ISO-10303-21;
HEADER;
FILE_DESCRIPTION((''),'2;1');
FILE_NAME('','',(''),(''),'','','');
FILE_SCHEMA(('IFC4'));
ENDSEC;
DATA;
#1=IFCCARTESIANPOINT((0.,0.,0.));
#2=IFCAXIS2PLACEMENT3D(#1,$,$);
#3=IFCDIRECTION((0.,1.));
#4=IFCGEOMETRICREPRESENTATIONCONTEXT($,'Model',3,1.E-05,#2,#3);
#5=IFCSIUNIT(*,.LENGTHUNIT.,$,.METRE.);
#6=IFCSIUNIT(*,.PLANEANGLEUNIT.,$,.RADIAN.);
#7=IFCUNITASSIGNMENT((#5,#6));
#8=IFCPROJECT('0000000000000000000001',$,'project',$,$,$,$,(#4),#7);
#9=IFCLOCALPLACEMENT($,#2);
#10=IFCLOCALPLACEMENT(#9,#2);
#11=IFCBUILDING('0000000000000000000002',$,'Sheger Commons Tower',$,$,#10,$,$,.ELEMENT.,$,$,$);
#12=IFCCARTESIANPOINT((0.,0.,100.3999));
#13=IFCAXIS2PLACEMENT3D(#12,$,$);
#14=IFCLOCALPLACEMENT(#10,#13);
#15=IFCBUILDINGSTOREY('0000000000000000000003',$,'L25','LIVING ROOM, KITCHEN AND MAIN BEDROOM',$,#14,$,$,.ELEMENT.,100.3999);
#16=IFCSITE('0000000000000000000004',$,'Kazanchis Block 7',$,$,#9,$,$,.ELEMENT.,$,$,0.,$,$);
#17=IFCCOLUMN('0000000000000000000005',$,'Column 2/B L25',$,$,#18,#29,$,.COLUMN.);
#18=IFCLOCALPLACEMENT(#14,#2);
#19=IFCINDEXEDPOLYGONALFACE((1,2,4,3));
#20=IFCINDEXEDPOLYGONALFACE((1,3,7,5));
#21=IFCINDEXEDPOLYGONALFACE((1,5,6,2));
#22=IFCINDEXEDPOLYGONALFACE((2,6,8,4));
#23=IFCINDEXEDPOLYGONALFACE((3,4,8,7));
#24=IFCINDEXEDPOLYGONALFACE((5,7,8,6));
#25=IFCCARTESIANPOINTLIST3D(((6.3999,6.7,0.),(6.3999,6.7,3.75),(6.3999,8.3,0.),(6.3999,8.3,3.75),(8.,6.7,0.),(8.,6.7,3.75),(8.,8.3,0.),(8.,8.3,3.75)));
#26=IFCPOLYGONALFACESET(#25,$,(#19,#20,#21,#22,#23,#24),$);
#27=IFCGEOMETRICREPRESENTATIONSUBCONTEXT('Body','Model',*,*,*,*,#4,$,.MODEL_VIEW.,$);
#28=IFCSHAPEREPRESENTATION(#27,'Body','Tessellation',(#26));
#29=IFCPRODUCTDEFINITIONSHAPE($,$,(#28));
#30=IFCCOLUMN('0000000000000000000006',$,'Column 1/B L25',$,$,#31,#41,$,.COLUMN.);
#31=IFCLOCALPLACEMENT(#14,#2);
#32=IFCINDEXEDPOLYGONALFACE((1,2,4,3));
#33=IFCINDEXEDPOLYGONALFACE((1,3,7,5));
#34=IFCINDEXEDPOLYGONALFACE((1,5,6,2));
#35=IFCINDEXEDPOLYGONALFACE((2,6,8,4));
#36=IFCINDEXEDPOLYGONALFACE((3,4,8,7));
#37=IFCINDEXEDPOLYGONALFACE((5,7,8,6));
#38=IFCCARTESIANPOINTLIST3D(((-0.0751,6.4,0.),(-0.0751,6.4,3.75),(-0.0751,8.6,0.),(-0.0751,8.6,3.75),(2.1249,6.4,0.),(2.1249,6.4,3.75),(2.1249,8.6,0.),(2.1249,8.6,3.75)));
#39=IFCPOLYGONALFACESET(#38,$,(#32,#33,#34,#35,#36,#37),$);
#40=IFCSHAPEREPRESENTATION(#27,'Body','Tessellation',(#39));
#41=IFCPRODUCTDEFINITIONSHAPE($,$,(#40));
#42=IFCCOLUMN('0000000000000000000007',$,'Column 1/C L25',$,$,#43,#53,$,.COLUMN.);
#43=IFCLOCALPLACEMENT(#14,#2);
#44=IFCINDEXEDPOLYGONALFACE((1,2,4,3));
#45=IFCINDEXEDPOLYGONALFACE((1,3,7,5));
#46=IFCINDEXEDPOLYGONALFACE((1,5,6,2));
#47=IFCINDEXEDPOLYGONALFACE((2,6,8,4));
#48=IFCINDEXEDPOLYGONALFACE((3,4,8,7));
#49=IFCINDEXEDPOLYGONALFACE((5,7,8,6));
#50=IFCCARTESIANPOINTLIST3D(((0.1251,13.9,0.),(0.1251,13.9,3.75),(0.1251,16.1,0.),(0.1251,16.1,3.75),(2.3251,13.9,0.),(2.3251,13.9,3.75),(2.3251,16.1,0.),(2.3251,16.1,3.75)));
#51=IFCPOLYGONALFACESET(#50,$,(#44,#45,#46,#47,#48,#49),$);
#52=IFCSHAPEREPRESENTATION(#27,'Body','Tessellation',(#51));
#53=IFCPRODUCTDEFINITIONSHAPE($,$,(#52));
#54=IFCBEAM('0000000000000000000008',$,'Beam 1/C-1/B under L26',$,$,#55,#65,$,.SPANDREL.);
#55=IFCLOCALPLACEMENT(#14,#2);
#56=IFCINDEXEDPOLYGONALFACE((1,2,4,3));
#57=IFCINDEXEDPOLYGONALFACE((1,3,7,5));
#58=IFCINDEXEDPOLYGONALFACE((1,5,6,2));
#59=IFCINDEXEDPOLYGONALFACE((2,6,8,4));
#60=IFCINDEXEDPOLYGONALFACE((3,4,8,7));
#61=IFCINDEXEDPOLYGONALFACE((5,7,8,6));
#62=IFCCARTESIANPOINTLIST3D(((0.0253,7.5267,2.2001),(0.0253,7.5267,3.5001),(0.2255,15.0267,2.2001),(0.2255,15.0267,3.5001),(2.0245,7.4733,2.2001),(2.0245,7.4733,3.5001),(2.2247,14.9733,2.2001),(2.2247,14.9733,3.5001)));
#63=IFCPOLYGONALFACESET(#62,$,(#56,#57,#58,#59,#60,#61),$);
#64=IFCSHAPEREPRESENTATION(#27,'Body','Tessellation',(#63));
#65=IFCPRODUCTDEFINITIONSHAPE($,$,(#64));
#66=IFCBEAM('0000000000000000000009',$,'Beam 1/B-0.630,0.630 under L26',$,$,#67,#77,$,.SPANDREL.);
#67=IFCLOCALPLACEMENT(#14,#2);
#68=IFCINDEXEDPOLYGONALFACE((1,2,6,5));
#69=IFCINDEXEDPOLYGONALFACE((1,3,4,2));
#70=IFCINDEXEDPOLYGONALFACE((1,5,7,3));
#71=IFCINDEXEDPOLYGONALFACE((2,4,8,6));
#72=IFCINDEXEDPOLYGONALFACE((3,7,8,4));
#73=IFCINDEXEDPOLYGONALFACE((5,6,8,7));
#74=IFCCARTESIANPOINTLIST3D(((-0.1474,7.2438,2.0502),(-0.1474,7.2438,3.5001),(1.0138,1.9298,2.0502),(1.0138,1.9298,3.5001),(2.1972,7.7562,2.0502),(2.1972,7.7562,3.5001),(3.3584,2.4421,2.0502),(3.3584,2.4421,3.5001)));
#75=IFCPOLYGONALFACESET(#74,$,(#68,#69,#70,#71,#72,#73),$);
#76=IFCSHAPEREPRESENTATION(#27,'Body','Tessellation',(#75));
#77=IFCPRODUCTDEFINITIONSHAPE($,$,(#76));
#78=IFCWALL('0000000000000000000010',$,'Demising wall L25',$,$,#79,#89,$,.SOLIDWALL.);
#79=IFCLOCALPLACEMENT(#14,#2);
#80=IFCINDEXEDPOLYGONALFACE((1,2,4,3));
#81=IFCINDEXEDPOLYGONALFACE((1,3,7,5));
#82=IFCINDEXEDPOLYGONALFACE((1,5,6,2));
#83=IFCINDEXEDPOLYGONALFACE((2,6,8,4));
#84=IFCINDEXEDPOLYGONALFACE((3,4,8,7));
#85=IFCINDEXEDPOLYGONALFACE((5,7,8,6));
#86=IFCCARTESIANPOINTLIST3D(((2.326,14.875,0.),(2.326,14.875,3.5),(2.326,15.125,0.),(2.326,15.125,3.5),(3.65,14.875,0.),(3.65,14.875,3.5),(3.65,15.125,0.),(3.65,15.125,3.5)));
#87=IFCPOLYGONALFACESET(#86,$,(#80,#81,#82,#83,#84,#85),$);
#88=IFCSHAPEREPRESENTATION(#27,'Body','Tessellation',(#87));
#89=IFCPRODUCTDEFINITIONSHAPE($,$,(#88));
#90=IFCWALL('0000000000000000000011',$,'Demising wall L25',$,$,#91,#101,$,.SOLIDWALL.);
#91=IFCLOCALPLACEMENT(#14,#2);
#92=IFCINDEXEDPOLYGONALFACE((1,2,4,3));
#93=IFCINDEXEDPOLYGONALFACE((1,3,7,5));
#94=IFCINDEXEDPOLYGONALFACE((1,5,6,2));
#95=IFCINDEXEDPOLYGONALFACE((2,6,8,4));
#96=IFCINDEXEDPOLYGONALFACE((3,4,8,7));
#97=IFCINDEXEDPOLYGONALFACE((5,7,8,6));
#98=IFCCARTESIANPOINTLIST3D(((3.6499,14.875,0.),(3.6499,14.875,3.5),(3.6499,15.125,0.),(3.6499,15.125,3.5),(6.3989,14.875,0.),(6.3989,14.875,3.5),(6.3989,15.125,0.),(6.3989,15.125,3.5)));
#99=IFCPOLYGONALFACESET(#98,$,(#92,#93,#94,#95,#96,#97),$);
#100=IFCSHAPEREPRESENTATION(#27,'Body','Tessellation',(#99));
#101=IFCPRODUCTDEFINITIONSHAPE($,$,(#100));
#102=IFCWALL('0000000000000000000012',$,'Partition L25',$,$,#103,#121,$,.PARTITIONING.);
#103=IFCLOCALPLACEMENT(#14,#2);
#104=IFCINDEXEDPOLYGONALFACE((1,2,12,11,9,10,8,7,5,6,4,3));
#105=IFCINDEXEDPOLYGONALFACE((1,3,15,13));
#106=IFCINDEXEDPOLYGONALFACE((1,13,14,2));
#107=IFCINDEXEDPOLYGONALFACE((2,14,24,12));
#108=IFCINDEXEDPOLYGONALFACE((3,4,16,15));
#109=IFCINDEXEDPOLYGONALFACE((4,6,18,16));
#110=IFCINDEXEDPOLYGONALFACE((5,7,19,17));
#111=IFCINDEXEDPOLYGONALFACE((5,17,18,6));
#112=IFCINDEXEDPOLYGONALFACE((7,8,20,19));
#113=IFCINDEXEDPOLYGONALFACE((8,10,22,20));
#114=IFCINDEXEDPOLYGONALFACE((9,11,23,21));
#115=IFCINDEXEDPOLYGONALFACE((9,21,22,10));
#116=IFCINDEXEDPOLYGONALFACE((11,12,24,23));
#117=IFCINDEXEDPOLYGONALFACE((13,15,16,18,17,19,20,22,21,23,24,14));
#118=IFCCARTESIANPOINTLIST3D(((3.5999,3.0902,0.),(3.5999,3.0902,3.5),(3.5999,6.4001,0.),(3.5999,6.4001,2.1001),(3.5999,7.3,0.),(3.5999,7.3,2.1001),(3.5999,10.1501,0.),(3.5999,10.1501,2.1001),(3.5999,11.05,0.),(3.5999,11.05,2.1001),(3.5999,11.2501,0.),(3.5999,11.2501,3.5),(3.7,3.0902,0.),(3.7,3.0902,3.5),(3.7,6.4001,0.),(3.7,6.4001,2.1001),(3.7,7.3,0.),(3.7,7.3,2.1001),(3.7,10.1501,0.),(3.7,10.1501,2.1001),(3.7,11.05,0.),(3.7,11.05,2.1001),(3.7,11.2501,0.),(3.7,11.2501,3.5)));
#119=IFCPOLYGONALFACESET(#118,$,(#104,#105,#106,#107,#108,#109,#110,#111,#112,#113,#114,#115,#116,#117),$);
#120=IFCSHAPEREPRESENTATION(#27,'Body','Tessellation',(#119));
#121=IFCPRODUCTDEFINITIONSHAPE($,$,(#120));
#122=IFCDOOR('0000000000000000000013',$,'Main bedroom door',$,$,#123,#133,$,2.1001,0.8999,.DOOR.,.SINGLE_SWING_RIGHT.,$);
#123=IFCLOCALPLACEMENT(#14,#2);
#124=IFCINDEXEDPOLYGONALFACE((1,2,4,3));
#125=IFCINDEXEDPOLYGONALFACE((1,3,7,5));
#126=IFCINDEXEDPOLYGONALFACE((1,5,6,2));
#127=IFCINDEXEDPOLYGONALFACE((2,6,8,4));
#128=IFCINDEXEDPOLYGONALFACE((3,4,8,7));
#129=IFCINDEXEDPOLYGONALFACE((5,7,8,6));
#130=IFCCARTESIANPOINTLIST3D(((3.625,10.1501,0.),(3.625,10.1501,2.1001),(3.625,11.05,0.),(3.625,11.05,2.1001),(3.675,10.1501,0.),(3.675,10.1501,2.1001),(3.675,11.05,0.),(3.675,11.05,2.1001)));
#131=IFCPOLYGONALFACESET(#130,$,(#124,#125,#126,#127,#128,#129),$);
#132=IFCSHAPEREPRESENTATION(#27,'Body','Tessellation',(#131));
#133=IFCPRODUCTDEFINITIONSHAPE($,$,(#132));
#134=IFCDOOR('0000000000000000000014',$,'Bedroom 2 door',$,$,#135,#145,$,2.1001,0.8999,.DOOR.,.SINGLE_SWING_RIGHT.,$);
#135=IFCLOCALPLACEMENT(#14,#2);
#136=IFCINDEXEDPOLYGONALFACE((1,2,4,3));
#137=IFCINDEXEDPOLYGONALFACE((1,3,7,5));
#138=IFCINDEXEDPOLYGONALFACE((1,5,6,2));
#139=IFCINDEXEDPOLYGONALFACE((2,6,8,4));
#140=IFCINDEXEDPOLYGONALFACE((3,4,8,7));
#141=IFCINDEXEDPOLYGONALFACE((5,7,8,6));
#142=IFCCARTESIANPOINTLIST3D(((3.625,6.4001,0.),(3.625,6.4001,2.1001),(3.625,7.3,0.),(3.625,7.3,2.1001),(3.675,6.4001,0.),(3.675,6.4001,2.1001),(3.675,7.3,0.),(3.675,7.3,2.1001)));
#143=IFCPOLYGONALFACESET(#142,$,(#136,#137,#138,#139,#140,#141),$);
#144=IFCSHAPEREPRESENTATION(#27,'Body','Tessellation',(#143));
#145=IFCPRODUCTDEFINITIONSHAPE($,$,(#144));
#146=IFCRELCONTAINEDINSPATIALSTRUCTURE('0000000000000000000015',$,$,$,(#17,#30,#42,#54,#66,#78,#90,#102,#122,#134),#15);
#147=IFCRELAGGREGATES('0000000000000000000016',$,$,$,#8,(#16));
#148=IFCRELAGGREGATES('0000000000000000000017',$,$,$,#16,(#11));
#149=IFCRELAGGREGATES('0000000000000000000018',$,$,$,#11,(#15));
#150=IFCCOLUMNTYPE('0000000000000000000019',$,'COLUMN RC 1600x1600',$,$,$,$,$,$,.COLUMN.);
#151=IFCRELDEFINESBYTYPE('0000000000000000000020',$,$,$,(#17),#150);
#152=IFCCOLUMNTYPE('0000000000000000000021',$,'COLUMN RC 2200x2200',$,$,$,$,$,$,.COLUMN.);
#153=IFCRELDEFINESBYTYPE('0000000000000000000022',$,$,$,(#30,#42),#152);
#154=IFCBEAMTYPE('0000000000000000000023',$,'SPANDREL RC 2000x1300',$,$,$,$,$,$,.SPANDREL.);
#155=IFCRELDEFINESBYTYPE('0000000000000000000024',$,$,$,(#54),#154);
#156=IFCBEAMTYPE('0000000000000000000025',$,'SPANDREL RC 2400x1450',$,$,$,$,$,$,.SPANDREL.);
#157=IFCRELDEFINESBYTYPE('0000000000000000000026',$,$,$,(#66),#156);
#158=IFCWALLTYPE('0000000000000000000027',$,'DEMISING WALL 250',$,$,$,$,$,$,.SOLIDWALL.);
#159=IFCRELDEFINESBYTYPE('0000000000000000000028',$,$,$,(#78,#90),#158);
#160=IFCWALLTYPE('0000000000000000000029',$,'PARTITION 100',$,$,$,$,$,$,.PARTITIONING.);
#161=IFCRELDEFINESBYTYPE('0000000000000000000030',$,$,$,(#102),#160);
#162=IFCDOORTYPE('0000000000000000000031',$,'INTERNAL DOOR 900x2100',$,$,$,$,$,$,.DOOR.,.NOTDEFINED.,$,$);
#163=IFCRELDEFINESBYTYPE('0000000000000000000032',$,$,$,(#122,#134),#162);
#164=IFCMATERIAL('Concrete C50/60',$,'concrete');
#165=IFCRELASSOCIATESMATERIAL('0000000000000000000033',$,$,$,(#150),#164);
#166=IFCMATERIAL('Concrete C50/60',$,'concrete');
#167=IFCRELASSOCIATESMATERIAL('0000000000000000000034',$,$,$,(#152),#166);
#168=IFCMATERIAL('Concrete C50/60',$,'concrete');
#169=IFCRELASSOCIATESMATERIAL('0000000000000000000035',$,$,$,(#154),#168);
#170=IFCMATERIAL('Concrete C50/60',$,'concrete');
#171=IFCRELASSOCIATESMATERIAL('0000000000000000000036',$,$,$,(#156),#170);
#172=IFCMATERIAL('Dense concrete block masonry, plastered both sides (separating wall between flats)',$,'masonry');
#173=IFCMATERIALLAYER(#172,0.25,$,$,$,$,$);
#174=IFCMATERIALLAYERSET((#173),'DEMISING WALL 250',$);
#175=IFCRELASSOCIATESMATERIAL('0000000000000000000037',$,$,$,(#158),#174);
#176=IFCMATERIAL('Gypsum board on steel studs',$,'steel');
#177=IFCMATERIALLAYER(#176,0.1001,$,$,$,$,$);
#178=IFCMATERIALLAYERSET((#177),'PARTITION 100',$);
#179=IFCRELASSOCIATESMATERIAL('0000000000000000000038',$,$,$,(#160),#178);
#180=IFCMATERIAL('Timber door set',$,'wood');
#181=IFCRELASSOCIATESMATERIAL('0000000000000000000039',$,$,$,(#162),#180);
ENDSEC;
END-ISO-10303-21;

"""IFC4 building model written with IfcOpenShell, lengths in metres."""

from ifc_helpers import new_model, si_unit, direction, frame, frame_2d, origin, origin_2d, place, context, subcontext, project, spatial, rectangle, extrude, material, layer, layer_set, material_profile, profile_set, type_object, element, fill, save


model = new_model("IFC4")

# Units and contexts
model_context = context("Model", 3, precision=1e-05, world=origin(), true_north=direction((0.0, 1.0)))
body_context = subcontext(model_context, "Body", "Model", "MODEL_VIEW")
ifc_project = project(units=[si_unit("LENGTHUNIT", "METRE"), si_unit("PLANEANGLEUNIT", "RADIAN")], contexts=[model_context])

# Site, building, storey
site_placement = place(None, origin())
site = spatial("IfcSite", under=ifc_project, at=site_placement, Name="Kazanchis Block 7", CompositionType="ELEMENT", RefElevation=0.0)
building_placement = place(site_placement, origin())
building = spatial("IfcBuilding", under=site, at=building_placement, Name="Sheger Commons Tower", CompositionType="ELEMENT")
storey_placement = place(building_placement, frame((0.0, 0.0, 100.3999)))
storey = spatial("IfcBuildingStorey", under=building, at=storey_placement, Name="L25", Description="LIVING ROOM, KITCHEN AND MAIN BEDROOM", CompositionType="ELEMENT", Elevation=100.3999)

# Columns
ifc_material_1 = material(Name="Concrete C50/60", Category="concrete")
ifc_material_profile_1 = material_profile(ifc_material_1, rectangle(XDim=1.6001, YDim=1.6001, at=origin_2d()), Name="RC 1600x1600")
ifc_profile_set_1 = profile_set([ifc_material_profile_1], Name="Concrete C50/60")
column_type_1 = type_object("IfcColumnType", Name="COLUMN RC 1600x1600", PredefinedType="COLUMN", material=ifc_profile_set_1)
column_placement = place(storey_placement, frame((7.2, 7.5, 0.0), z_axis=(0.0, 0.0, 1.0), x_axis=(1.0, 0.0, 0.0)))
element("IfcColumn", 1, at=column_placement, inside=storey, type_object=column_type_1, Name="Column 2/B L25", PredefinedType="COLUMN", context=body_context, shape_type="SweptSolid", body=[
    extrude(rectangle(XDim=1.6001, YDim=1.6001, at=origin_2d()), origin(), (0.0, 0.0, 1.0), 3.75),
])
ifc_material_2 = material(Name="Concrete C50/60", Category="concrete")
ifc_material_profile_2 = material_profile(ifc_material_2, rectangle(XDim=2.2, YDim=2.2, at=origin_2d()), Name="RC 2200x2200")
ifc_profile_set_2 = profile_set([ifc_material_profile_2], Name="Concrete C50/60")
column_type_2 = type_object("IfcColumnType", Name="COLUMN RC 2200x2200", PredefinedType="COLUMN", material=ifc_profile_set_2)
for number, where, z_axis, x_axis, name in (
    (2, (1.0249, 7.5, 0.0), (0.0, 0.0, 1.0), (1.0, 0.0, 0.0), "Column 1/B L25"),
    (3, (1.2251, 15.0, 0.0), (0.0, 0.0, 1.0), (1.0, 0.0, 0.0), "Column 1/C L25"),
):
    element("IfcColumn", number, at=place(storey_placement, frame(where, z_axis=z_axis, x_axis=x_axis)), inside=storey, type_object=column_type_2, Name=name, PredefinedType="COLUMN", context=body_context, shape_type="SweptSolid", body=[
        extrude(rectangle(XDim=2.2, YDim=2.2, at=origin_2d()), origin(), (0.0, 0.0, 1.0), 3.75),
    ])

# Beams
ifc_material_3 = material(Name="Concrete C50/60", Category="concrete")
ifc_material_profile_3 = material_profile(ifc_material_3, rectangle(XDim=2.0, YDim=1.3, at=origin_2d()), Name="RC 2000x1300")
ifc_profile_set_3 = profile_set([ifc_material_profile_3], Name="Concrete C50/60")
beam_type_1 = type_object("IfcBeamType", Name="SPANDREL RC 2000x1300", PredefinedType="SPANDREL", material=ifc_profile_set_3)
beam_1_placement = place(storey_placement, frame((1.2251, 15.0, 2.8501), z_axis=(-0.026683, -0.999644, 0.0), x_axis=(0.999644, -0.026683, 0.0)))
element("IfcBeam", 4, at=beam_1_placement, inside=storey, type_object=beam_type_1, Name="Beam 1/C-1/B under L26", PredefinedType="SPANDREL", context=body_context, shape_type="SweptSolid", body=[
    extrude(rectangle(XDim=2.0, YDim=1.3, at=origin_2d()), origin(), (0.0, 0.0, 1.0), 7.5027),
])
ifc_material_4 = material(Name="Concrete C50/60", Category="concrete")
ifc_material_profile_4 = material_profile(ifc_material_4, rectangle(XDim=2.3999, YDim=1.45, at=origin_2d()), Name="RC 2400x1450")
ifc_profile_set_4 = profile_set([ifc_material_profile_4], Name="Concrete C50/60")
beam_type_2 = type_object("IfcBeamType", Name="SPANDREL RC 2400x1450", PredefinedType="SPANDREL", material=ifc_profile_set_4)
beam_2_placement = place(storey_placement, frame((1.0249, 7.5, 2.7751), z_axis=(0.213469, -0.97695, 0.0), x_axis=(0.97695, 0.213469, 0.0)))
element("IfcBeam", 5, at=beam_2_placement, inside=storey, type_object=beam_type_2, Name="Beam 1/B-0.630,0.630 under L26", PredefinedType="SPANDREL", context=body_context, shape_type="SweptSolid", body=[
    extrude(rectangle(XDim=2.3999, YDim=1.45, at=origin_2d()), origin(), (0.0, 0.0, 1.0), 5.4395),
])

# Walls
ifc_material_5 = material(Name="Dense concrete block masonry, plastered both sides (separating wall between flats)", Category="masonry")
ifc_layer_1 = layer(ifc_material_5, 0.25)
ifc_layer_set_1 = layer_set([ifc_layer_1], Name="DEMISING WALL 250")
wall_type_1 = type_object("IfcWallType", Name="DEMISING WALL 250", PredefinedType="SOLIDWALL", material=ifc_layer_set_1)
wall_1_placement = place(storey_placement, frame((2.3259, 15.0, 0.0), z_axis=(0.0, 0.0, 1.0), x_axis=(1.0, 0.0, 0.0)))
element("IfcWall", 6, at=wall_1_placement, inside=storey, type_object=wall_type_1, Name="Demising wall L25", PredefinedType="SOLIDWALL", context=body_context, shape_type="SweptSolid", body=[
    extrude(rectangle(XDim=1.324, YDim=0.25, at=frame_2d((0.6621, 0.0))), origin(), (0.0, 0.0, 1.0), 3.5),
])
wall_2_placement = place(storey_placement, frame((3.6499, 15.0, 0.0), z_axis=(0.0, 0.0, 1.0), x_axis=(1.0, 0.0, 0.0)))
element("IfcWall", 7, at=wall_2_placement, inside=storey, type_object=wall_type_1, Name="Demising wall L25", PredefinedType="SOLIDWALL", context=body_context, shape_type="SweptSolid", body=[
    extrude(rectangle(XDim=2.749, YDim=0.25, at=frame_2d((1.3745, 0.0))), origin(), (0.0, 0.0, 1.0), 3.5),
])

# Wall, openings, doors
ifc_material_6 = material(Name="Gypsum board on steel studs", Category="steel")
ifc_layer_2 = layer(ifc_material_6, 0.1001)
ifc_layer_set_2 = layer_set([ifc_layer_2], Name="PARTITION 100")
wall_type_2 = type_object("IfcWallType", Name="PARTITION 100", PredefinedType="PARTITIONING", material=ifc_layer_set_2)
wall_3_placement = place(storey_placement, frame((3.6499, 3.0901, 0.0), z_axis=(0.0, 0.0, 1.0), x_axis=(0.0, 1.0, 0.0)))
wall_3 = element("IfcWall", 8, at=wall_3_placement, inside=storey, type_object=wall_type_2, Name="Partition L25", PredefinedType="PARTITIONING", context=body_context, shape_type="SweptSolid", body=[
    extrude(rectangle(XDim=8.1599, YDim=0.1001, at=frame_2d((4.0801, 0.0))), origin(), (0.0, 0.0, 1.0), 3.5),
])
opening_1_placement = place(wall_3_placement, frame((7.0601, 0.0, 0.0)))
opening_1 = element("IfcOpeningElement", 9, at=opening_1_placement, cuts=wall_3, PredefinedType="OPENING", context=body_context, shape_type="SweptSolid", body=[
    extrude(rectangle(XDim=0.8999, YDim=2.1001, at=frame_2d((0.45, 1.05))), frame((0.0, 0.0601, 0.0), z_axis=(0.0, -1.0, 0.0), x_axis=(1.0, 0.0, 0.0)), (0.0, 0.0, 1.0), 0.1201),
])
opening_2_placement = place(wall_3_placement, frame((3.3101, 0.0, 0.0)))
opening_2 = element("IfcOpeningElement", 10, at=opening_2_placement, cuts=wall_3, PredefinedType="OPENING", context=body_context, shape_type="SweptSolid", body=[
    extrude(rectangle(XDim=0.8999, YDim=2.1001, at=frame_2d((0.45, 1.05))), frame((0.0, 0.0601, 0.0), z_axis=(0.0, -1.0, 0.0), x_axis=(1.0, 0.0, 0.0)), (0.0, 0.0, 1.0), 0.1201),
])
ifc_material_7 = material(Name="Timber door set", Category="wood")
door_type = type_object("IfcDoorType", Name="INTERNAL DOOR 900x2100", OperationType="NOTDEFINED", PredefinedType="DOOR", material=ifc_material_7)
door_1_placement = place(opening_1_placement, origin())
door_1 = element("IfcDoor", 11, at=door_1_placement, inside=storey, type_object=door_type, Name="Main bedroom door", OperationType="SINGLE_SWING_RIGHT", OverallHeight=2.1001, OverallWidth=0.8999, PredefinedType="DOOR", context=body_context, shape_type="SweptSolid", body=[
    extrude(rectangle(XDim=0.8999, YDim=2.1001, at=frame_2d((0.45, 1.05))), frame((0.0, 0.0249, 0.0), z_axis=(0.0, -1.0, 0.0), x_axis=(1.0, 0.0, 0.0)), (0.0, 0.0, 1.0), 0.05),
])
fill(opening_1, door_1)
door_2_placement = place(opening_2_placement, origin())
door_2 = element("IfcDoor", 12, at=door_2_placement, inside=storey, type_object=door_type, Name="Bedroom 2 door", OperationType="SINGLE_SWING_RIGHT", OverallHeight=2.1001, OverallWidth=0.8999, PredefinedType="DOOR", context=body_context, shape_type="SweptSolid", body=[
    extrude(rectangle(XDim=0.8999, YDim=2.1001, at=frame_2d((0.45, 1.05))), frame((0.0, 0.0249, 0.0), z_axis=(0.0, -1.0, 0.0), x_axis=(1.0, 0.0, 0.0)), (0.0, 0.0, 1.0), 0.05),
])
fill(opening_2, door_2)

save(model, "model.ifc")
